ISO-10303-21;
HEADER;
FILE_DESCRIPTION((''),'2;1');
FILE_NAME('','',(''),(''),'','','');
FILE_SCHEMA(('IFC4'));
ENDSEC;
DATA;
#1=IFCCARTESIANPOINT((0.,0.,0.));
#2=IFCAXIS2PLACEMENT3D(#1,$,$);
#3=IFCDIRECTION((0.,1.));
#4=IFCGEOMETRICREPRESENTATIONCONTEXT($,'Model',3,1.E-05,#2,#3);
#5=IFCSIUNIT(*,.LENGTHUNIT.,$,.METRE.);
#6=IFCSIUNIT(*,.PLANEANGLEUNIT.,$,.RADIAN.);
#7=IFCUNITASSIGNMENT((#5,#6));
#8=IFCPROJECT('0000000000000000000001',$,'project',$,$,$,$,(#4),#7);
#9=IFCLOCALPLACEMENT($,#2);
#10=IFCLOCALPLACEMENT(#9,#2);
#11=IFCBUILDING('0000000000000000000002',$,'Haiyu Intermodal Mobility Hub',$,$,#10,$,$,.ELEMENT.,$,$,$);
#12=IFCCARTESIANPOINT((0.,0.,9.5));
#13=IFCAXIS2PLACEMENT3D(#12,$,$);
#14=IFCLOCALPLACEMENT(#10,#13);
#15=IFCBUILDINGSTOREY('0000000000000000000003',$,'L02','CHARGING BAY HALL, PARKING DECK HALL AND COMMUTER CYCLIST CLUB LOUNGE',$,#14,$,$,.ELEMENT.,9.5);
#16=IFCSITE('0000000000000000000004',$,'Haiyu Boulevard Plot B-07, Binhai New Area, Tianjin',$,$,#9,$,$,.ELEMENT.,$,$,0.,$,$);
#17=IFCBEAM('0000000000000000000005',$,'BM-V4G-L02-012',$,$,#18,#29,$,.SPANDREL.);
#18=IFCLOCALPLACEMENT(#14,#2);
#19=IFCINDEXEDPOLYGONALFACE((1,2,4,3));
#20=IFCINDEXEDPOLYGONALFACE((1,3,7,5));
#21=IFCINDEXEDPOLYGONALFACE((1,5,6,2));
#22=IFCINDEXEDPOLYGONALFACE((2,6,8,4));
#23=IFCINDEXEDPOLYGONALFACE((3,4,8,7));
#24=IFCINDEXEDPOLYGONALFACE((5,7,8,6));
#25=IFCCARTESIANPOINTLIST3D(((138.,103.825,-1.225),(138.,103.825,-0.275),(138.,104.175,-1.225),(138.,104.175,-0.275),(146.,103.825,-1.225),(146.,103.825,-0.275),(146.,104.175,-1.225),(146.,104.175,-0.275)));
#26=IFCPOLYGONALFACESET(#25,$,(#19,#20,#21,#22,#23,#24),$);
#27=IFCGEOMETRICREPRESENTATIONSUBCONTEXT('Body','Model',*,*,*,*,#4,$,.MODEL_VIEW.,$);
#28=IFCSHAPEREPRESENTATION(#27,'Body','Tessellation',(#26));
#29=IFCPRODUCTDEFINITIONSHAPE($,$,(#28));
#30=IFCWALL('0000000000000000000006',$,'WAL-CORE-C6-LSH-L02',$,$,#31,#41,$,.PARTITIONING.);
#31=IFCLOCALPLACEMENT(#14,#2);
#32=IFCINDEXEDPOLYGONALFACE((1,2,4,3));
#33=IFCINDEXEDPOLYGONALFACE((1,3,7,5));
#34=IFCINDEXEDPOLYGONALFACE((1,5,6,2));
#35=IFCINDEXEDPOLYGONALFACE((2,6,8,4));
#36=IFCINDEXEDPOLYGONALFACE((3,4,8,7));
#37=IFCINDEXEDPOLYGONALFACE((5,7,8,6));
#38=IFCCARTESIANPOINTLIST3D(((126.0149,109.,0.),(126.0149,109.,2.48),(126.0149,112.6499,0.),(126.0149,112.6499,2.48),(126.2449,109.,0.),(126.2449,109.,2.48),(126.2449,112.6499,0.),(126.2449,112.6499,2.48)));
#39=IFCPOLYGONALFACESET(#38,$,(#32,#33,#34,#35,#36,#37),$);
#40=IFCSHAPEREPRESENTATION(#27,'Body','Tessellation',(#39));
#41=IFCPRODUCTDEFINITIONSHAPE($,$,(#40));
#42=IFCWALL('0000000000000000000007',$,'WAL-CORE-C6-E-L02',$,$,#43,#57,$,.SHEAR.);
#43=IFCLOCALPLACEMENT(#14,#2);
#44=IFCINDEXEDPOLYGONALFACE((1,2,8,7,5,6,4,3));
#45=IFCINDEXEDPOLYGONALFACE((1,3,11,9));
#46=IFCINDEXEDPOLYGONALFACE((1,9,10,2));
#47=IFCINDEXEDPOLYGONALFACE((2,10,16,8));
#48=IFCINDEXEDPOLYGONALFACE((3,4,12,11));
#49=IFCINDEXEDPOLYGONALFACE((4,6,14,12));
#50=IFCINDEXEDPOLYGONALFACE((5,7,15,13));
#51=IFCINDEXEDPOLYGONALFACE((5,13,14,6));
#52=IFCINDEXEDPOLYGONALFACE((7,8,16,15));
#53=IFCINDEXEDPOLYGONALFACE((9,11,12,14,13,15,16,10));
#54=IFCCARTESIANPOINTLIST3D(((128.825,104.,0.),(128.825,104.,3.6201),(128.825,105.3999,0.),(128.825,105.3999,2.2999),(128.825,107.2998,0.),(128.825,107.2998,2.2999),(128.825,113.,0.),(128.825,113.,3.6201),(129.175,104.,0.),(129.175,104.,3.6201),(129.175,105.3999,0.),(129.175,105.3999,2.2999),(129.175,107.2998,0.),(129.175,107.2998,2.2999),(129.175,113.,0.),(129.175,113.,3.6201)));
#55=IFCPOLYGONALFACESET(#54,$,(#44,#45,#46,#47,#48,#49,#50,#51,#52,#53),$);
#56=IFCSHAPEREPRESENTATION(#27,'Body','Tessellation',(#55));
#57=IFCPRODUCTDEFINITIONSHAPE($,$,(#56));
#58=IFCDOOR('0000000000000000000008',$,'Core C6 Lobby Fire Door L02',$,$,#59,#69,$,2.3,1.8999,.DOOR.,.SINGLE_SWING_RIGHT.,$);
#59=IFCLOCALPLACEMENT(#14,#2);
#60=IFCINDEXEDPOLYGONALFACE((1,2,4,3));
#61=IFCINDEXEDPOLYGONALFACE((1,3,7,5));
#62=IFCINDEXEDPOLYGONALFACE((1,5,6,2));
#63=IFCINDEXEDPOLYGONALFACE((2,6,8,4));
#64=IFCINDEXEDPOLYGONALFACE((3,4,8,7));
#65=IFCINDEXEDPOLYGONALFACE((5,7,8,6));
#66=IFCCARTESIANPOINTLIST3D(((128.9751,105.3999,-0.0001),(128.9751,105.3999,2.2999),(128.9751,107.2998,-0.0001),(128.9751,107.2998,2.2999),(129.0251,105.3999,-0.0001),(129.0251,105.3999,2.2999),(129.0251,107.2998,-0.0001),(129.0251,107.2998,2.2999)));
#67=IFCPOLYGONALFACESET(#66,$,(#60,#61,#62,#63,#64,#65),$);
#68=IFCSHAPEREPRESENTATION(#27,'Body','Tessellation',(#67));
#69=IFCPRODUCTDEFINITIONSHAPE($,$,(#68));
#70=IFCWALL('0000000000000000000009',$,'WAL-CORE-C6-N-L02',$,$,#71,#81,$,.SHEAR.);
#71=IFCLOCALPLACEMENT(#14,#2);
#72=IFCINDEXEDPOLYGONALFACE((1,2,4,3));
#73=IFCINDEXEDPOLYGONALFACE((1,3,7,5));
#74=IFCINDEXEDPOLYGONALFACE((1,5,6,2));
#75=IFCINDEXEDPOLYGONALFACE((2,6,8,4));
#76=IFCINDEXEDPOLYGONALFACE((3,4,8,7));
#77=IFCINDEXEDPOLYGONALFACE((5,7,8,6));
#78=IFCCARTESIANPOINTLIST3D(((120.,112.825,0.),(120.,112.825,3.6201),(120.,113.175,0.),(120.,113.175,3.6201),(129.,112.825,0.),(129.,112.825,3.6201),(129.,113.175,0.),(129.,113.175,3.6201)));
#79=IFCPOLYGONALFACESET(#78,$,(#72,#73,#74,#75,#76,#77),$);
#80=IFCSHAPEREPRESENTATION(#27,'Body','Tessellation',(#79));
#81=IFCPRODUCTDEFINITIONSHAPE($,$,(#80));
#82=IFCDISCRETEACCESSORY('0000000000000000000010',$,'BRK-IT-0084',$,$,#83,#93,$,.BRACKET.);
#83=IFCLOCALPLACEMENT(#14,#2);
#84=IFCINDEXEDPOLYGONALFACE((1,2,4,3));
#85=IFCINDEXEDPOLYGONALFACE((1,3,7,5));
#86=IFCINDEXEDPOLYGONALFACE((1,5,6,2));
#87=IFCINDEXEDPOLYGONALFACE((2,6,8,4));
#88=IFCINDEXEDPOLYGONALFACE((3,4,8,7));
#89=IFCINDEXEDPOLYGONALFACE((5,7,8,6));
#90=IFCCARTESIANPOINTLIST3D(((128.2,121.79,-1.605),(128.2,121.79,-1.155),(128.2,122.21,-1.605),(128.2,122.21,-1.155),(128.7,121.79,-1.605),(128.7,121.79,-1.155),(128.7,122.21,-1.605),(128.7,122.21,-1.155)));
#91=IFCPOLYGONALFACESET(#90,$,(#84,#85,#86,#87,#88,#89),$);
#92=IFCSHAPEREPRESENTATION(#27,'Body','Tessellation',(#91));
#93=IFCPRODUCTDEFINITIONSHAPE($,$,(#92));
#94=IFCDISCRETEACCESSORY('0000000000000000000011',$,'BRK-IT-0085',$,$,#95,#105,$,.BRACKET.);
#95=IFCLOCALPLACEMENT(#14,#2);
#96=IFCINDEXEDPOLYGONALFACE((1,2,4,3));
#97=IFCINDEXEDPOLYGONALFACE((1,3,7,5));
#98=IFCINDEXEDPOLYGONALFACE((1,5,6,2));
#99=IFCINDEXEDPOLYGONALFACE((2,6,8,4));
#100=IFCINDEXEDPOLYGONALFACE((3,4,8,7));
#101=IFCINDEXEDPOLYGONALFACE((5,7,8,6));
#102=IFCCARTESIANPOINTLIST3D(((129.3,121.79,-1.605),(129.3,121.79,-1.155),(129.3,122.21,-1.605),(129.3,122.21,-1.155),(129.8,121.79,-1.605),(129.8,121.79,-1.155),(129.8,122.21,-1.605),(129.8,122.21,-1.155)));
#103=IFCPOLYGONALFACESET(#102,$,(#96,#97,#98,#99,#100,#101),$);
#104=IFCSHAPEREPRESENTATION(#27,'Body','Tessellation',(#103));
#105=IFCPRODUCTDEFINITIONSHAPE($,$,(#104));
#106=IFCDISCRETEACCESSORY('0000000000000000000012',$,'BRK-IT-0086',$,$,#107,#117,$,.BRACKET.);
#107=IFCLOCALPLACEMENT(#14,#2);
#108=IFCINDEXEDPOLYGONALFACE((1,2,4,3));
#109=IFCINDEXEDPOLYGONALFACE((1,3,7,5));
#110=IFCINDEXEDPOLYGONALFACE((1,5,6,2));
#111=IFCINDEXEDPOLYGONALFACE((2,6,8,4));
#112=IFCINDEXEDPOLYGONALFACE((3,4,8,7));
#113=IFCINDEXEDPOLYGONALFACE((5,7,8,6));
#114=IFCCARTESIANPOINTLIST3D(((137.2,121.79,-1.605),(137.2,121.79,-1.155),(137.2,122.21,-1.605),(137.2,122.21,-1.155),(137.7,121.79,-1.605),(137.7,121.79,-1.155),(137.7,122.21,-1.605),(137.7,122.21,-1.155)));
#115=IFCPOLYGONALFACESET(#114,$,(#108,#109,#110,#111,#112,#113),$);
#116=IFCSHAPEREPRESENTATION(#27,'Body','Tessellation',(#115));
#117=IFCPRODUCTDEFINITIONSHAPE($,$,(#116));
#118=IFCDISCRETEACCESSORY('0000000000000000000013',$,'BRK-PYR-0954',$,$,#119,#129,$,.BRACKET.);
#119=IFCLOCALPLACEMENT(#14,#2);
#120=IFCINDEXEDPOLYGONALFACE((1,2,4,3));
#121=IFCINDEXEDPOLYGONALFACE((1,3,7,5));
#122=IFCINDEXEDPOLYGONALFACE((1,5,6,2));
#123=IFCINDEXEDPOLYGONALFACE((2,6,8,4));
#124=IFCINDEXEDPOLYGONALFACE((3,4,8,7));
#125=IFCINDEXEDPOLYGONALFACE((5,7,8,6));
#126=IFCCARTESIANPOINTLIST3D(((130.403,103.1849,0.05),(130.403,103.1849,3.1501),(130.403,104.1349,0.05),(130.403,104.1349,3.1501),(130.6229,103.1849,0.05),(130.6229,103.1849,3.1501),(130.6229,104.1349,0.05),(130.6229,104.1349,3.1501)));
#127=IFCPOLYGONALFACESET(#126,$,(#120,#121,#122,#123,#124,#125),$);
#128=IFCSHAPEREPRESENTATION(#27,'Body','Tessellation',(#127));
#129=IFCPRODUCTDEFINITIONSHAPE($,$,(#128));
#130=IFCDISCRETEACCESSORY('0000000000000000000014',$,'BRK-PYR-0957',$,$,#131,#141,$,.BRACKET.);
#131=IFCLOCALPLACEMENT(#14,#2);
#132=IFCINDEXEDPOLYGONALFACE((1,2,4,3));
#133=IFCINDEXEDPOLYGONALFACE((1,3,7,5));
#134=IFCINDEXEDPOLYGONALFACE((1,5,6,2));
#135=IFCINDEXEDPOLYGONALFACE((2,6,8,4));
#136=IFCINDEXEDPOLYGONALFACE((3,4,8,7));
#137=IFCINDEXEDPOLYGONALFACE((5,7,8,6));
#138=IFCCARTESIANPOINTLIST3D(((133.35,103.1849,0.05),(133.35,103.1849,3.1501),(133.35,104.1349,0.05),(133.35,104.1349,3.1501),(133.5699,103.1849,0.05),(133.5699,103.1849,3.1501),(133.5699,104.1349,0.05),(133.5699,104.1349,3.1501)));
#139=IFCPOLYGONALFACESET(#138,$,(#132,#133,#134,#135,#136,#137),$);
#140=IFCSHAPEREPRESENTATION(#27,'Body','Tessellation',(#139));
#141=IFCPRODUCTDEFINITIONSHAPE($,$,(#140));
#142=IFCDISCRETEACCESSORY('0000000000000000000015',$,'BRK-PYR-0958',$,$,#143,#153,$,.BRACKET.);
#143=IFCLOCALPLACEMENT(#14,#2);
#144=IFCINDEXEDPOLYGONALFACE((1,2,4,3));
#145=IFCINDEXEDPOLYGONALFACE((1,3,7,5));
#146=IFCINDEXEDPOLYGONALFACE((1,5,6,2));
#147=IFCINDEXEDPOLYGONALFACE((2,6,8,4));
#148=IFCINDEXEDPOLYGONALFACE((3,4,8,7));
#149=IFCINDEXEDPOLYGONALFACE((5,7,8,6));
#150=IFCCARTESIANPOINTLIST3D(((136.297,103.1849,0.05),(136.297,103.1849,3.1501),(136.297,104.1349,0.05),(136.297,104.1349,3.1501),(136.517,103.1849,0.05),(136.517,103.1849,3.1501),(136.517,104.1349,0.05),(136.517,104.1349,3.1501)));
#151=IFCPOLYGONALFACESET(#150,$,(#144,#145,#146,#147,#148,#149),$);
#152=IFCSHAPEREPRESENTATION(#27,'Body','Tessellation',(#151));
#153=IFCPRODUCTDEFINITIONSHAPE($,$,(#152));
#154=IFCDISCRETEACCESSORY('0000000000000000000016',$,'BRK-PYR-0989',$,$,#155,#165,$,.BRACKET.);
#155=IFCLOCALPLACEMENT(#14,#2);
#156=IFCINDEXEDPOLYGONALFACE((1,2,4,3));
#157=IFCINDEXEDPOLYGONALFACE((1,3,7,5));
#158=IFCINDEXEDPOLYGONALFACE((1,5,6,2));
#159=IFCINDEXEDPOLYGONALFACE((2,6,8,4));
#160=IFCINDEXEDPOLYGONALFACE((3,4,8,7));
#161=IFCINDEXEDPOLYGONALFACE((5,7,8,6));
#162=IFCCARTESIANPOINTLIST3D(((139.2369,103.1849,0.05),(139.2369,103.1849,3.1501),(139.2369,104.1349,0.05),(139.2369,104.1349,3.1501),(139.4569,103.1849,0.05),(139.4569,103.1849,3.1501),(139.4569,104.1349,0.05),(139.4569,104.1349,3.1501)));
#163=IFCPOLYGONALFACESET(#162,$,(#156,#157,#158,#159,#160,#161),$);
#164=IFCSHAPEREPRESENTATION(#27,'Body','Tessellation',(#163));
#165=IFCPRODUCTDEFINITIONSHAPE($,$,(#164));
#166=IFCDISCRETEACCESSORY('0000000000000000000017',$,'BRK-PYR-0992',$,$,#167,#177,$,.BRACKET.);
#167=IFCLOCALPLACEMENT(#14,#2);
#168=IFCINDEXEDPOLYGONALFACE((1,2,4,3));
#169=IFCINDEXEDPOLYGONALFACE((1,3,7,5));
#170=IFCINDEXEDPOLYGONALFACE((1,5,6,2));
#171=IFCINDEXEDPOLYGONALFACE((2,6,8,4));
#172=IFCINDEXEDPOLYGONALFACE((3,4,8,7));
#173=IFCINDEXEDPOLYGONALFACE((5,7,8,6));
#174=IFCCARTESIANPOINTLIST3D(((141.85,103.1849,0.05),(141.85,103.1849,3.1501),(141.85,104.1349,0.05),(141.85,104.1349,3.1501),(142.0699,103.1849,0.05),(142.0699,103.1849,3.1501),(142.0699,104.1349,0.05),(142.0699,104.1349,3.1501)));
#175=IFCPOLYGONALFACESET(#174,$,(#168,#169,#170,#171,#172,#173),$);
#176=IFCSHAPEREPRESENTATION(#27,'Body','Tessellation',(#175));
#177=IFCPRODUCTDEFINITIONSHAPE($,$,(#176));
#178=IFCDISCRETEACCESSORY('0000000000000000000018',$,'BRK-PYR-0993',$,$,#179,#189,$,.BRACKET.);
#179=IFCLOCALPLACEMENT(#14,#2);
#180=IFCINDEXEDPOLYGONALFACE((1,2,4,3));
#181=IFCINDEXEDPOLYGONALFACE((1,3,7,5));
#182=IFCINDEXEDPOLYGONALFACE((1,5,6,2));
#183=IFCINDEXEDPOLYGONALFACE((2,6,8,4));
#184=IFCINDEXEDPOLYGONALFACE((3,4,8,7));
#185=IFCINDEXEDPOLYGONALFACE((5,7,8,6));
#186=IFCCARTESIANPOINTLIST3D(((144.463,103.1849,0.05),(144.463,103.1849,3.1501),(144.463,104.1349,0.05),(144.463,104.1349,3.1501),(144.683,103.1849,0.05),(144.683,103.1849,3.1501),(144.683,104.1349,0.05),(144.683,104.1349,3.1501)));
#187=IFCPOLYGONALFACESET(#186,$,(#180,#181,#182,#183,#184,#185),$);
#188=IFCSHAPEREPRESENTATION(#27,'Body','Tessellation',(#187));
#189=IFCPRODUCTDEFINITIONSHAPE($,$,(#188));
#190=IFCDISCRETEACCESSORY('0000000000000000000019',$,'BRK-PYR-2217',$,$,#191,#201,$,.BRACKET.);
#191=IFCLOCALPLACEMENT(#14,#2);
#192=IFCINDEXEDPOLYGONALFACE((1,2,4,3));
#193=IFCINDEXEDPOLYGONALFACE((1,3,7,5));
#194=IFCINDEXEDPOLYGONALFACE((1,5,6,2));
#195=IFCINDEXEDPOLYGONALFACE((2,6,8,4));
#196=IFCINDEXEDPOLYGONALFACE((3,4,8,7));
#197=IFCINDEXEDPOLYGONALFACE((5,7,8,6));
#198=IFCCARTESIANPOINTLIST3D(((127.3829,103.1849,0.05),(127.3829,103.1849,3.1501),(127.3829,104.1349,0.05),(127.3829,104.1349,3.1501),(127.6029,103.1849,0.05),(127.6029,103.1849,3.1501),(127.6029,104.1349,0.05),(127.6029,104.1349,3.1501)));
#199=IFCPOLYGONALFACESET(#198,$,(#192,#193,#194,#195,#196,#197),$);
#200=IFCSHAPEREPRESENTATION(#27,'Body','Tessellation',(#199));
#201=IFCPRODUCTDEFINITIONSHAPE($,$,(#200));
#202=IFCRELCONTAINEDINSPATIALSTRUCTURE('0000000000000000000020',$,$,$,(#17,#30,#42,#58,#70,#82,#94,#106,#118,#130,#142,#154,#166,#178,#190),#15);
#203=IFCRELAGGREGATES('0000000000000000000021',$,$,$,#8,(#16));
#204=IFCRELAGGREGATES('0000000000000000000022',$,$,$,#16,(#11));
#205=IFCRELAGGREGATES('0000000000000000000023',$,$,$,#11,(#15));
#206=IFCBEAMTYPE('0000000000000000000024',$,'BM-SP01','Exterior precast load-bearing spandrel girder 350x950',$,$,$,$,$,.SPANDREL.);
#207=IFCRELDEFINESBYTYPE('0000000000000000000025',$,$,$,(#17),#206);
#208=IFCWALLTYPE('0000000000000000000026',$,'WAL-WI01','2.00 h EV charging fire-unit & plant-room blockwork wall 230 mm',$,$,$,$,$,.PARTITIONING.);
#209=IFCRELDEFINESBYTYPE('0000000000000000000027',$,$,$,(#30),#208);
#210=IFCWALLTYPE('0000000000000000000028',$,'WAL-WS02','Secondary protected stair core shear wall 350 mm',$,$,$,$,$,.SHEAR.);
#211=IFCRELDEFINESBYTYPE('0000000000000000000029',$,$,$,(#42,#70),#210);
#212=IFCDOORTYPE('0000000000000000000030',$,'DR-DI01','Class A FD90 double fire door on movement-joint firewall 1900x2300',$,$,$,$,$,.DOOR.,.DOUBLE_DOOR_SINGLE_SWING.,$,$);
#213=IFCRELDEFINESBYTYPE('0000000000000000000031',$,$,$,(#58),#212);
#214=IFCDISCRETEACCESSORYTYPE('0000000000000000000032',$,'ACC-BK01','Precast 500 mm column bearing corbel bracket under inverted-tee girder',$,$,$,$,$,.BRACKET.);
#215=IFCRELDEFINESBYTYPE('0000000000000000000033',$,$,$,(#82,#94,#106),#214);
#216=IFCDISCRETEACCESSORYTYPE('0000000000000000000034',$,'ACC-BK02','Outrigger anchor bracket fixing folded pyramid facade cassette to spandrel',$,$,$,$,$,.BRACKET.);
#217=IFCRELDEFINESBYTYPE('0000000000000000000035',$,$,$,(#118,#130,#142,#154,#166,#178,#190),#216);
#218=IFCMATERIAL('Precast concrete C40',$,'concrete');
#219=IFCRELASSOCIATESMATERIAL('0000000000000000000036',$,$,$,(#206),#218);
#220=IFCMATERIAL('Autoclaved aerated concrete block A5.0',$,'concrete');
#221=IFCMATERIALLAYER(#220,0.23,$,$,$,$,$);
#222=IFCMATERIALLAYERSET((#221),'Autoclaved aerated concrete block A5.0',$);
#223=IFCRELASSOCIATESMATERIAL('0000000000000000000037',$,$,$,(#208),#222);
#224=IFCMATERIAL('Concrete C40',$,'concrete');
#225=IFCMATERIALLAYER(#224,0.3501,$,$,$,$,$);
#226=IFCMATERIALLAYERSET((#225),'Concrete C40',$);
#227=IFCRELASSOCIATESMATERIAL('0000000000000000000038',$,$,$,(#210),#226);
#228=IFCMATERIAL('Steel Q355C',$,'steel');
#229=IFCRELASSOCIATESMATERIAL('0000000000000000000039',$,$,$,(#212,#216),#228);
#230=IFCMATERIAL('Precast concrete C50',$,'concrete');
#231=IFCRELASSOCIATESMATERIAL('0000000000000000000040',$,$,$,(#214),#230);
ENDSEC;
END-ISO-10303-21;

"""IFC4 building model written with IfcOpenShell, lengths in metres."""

from ifc_helpers import new_model, si_unit, direction, frame, frame_2d, origin, origin_2d, place, context, subcontext, project, spatial, rectangle, extrude, material, layer, layer_set, material_profile, profile_set, type_object, element, fill, save


model = new_model("IFC4")

# Units and contexts
model_context = context("Model", 3, precision=1e-05, world=origin(), true_north=direction((0.0, 1.0)))
body_context = subcontext(model_context, "Body", "Model", "MODEL_VIEW")
ifc_project = project(units=[si_unit("LENGTHUNIT", "METRE"), si_unit("PLANEANGLEUNIT", "RADIAN")], contexts=[model_context])

# Site, building, storey
site_placement = place(None, origin())
site = spatial("IfcSite", under=ifc_project, at=site_placement, Name="Haiyu Boulevard Plot B-07, Binhai New Area, Tianjin", CompositionType="ELEMENT", RefElevation=0.0)
building_placement = place(site_placement, origin())
building = spatial("IfcBuilding", under=site, at=building_placement, Name="Haiyu Intermodal Mobility Hub", CompositionType="ELEMENT")
storey_placement = place(building_placement, frame((0.0, 0.0, 9.5)))
storey = spatial("IfcBuildingStorey", under=building, at=storey_placement, Name="L02", Description="CHARGING BAY HALL, PARKING DECK HALL AND COMMUTER CYCLIST CLUB LOUNGE", CompositionType="ELEMENT", Elevation=9.5)

# Shared definitions
ifc_material_1 = material(Name="Precast concrete C40", Category="concrete")

# Beam
ifc_material_2 = material(Name="Concrete C40", Category="concrete")
ifc_material_3 = material(Name="Precast concrete C50", Category="concrete")
ifc_material_profile_1 = material_profile(ifc_material_1, rectangle(XDim=0.3501, YDim=0.95, at=origin_2d()), Name="PC350x950")
ifc_profile_set_1 = profile_set([ifc_material_profile_1], Name="Precast concrete C40")
beam_type_1 = type_object("IfcBeamType", Name="BM-SP01", Description="Exterior precast load-bearing spandrel girder 350x950", PredefinedType="SPANDREL", material=ifc_profile_set_1)
beam_1_placement = place(storey_placement, frame((138.0, 104.0, -0.75), z_axis=(1.0, 0.0, 0.0), x_axis=(0.0, 1.0, 0.0)))
element("IfcBeam", 1, at=beam_1_placement, inside=storey, type_object=beam_type_1, Name="BM-V4G-L02-012", PredefinedType="SPANDREL", context=body_context, shape_type="SweptSolid", body=[
    extrude(rectangle(XDim=0.3501, YDim=0.95, at=origin_2d()), origin(), (0.0, 0.0, 1.0), 8.0),
])

# Wall
ifc_material_4 = material(Name="Autoclaved aerated concrete block A5.0", Category="concrete")
ifc_layer_1 = layer(ifc_material_4, 0.23)
ifc_layer_set_1 = layer_set([ifc_layer_1], Name="Autoclaved aerated concrete block A5.0")
wall_type_1 = type_object("IfcWallType", Name="WAL-WI01", Description="2.00 h EV charging fire-unit & plant-room blockwork wall 230 mm", PredefinedType="PARTITIONING", material=ifc_layer_set_1)
wall_1_placement = place(storey_placement, frame((126.1299, 109.0, 0.0), z_axis=(0.0, 0.0, 1.0), x_axis=(0.0, 1.0, 0.0)))
element("IfcWall", 2, at=wall_1_placement, inside=storey, type_object=wall_type_1, Name="WAL-CORE-C6-LSH-L02", PredefinedType="PARTITIONING", context=body_context, shape_type="SweptSolid", body=[
    extrude(rectangle(XDim=3.6499, YDim=0.23, at=frame_2d((1.825, 0.0))), origin(), (0.0, 0.0, 1.0), 2.48),
])

# Wall, opening, door
ifc_layer_2 = layer(ifc_material_2, 0.3501)
ifc_layer_set_2 = layer_set([ifc_layer_2], Name="Concrete C40")
wall_type_2 = type_object("IfcWallType", Name="WAL-WS02", Description="Secondary protected stair core shear wall 350 mm", PredefinedType="SHEAR", material=ifc_layer_set_2)
wall_2_placement = place(storey_placement, frame((129.0, 104.0, 0.0), z_axis=(0.0, 0.0, 1.0), x_axis=(0.0, 1.0, 0.0)))
wall_2 = element("IfcWall", 3, at=wall_2_placement, inside=storey, type_object=wall_type_2, Name="WAL-CORE-C6-E-L02", PredefinedType="SHEAR", context=body_context, shape_type="SweptSolid", body=[
    extrude(rectangle(XDim=9.0, YDim=0.3501, at=frame_2d((4.5, 0.0))), origin(), (0.0, 0.0, 1.0), 3.6201),
])
opening_placement = place(wall_2_placement, frame((1.3999, 0.0, 0.0)))
opening = element("IfcOpeningElement", 4, at=opening_placement, cuts=wall_2, PredefinedType="OPENING", context=body_context, shape_type="SweptSolid", body=[
    extrude(rectangle(XDim=1.8999, YDim=2.3, at=frame_2d((0.95, 1.1499))), frame((0.0, 0.1851, 0.0), z_axis=(0.0, -1.0, 0.0), x_axis=(1.0, 0.0, 0.0)), (0.0, 0.0, 1.0), 0.3701),
])
ifc_material_5 = material(Name="Steel Q355C", Category="steel")
door_type = type_object("IfcDoorType", Name="DR-DI01", Description="Class A FD90 double fire door on movement-joint firewall 1900x2300", OperationType="DOUBLE_DOOR_SINGLE_SWING", PredefinedType="DOOR", material=ifc_material_5)
door_placement = place(opening_placement, origin())
door = element("IfcDoor", 5, at=door_placement, inside=storey, type_object=door_type, Name="Core C6 Lobby Fire Door L02", OperationType="SINGLE_SWING_RIGHT", OverallHeight=2.3, OverallWidth=1.8999, PredefinedType="DOOR", context=body_context, shape_type="SweptSolid", body=[
    extrude(rectangle(XDim=1.8999, YDim=2.3, at=frame_2d((0.95, 1.1499))), frame((0.0, 0.0249, 0.0), z_axis=(0.0, -1.0, 0.0), x_axis=(1.0, 0.0, 0.0)), (0.0, 0.0, 1.0), 0.05),
])
fill(opening, door)

# Wall
wall_3_placement = place(storey_placement, frame((129.0, 113.0, 0.0), z_axis=(0.0, 0.0, 1.0), x_axis=(-1.0, 0.0, 0.0)))
element("IfcWall", 6, at=wall_3_placement, inside=storey, type_object=wall_type_2, Name="WAL-CORE-C6-N-L02", PredefinedType="SHEAR", context=body_context, shape_type="SweptSolid", body=[
    extrude(rectangle(XDim=9.0, YDim=0.3501, at=frame_2d((4.5, 0.0))), origin(), (0.0, 0.0, 1.0), 3.6201),
])

# Discrete accessories
discrete_accessory_type_1 = type_object("IfcDiscreteAccessoryType", Name="ACC-BK01", Description="Precast 500 mm column bearing corbel bracket under inverted-tee girder", PredefinedType="BRACKET", material=ifc_material_3)
for number, where, z_axis, x_axis, name in (
    (7, (128.45, 122.0, -1.605), (0.0, 0.0, 1.0), (1.0, 0.0, 0.0), "BRK-IT-0084"),
    (8, (129.55, 122.0, -1.605), (0.0, 0.0, 1.0), (1.0, 0.0, 0.0), "BRK-IT-0085"),
    (9, (137.45, 122.0, -1.605), (0.0, 0.0, 1.0), (1.0, 0.0, 0.0), "BRK-IT-0086"),
):
    element("IfcDiscreteAccessory", number, at=place(storey_placement, frame(where, z_axis=z_axis, x_axis=x_axis)), inside=storey, type_object=discrete_accessory_type_1, Name=name, PredefinedType="BRACKET", context=body_context, shape_type="SweptSolid", body=[
        extrude(rectangle(XDim=0.5, YDim=0.4199, at=origin_2d()), origin(), (0.0, 0.0, 1.0), 0.45),
    ])
discrete_accessory_type_2 = type_object("IfcDiscreteAccessoryType", Name="ACC-BK02", Description="Outrigger anchor bracket fixing folded pyramid facade cassette to spandrel", PredefinedType="BRACKET", material=ifc_material_5)
for number, where, z_axis, x_axis, name in (
    (10, (130.5129, 103.6599, 0.05), (0.0, 0.0, 1.0), (1.0, 0.0, 0.0), "BRK-PYR-0954"),
    (11, (133.46, 103.6599, 0.05), (0.0, 0.0, 1.0), (1.0, 0.0, 0.0), "BRK-PYR-0957"),
    (12, (136.407, 103.6599, 0.05), (0.0, 0.0, 1.0), (1.0, 0.0, 0.0), "BRK-PYR-0958"),
    (13, (139.3469, 103.6599, 0.05), (0.0, 0.0, 1.0), (1.0, 0.0, 0.0), "BRK-PYR-0989"),
    (14, (141.96, 103.6599, 0.05), (0.0, 0.0, 1.0), (1.0, 0.0, 0.0), "BRK-PYR-0992"),
    (15, (144.573, 103.6599, 0.05), (0.0, 0.0, 1.0), (1.0, 0.0, 0.0), "BRK-PYR-0993"),
    (16, (127.4929, 103.6599, 0.05), (0.0, 0.0, 1.0), (1.0, 0.0, 0.0), "BRK-PYR-2217"),
):
    element("IfcDiscreteAccessory", number, at=place(storey_placement, frame(where, z_axis=z_axis, x_axis=x_axis)), inside=storey, type_object=discrete_accessory_type_2, Name=name, PredefinedType="BRACKET", context=body_context, shape_type="SweptSolid", body=[
        extrude(rectangle(XDim=0.22, YDim=0.95, at=origin_2d()), origin(), (0.0, 0.0, 1.0), 3.1001),
    ])

save(model, "model.ifc")
